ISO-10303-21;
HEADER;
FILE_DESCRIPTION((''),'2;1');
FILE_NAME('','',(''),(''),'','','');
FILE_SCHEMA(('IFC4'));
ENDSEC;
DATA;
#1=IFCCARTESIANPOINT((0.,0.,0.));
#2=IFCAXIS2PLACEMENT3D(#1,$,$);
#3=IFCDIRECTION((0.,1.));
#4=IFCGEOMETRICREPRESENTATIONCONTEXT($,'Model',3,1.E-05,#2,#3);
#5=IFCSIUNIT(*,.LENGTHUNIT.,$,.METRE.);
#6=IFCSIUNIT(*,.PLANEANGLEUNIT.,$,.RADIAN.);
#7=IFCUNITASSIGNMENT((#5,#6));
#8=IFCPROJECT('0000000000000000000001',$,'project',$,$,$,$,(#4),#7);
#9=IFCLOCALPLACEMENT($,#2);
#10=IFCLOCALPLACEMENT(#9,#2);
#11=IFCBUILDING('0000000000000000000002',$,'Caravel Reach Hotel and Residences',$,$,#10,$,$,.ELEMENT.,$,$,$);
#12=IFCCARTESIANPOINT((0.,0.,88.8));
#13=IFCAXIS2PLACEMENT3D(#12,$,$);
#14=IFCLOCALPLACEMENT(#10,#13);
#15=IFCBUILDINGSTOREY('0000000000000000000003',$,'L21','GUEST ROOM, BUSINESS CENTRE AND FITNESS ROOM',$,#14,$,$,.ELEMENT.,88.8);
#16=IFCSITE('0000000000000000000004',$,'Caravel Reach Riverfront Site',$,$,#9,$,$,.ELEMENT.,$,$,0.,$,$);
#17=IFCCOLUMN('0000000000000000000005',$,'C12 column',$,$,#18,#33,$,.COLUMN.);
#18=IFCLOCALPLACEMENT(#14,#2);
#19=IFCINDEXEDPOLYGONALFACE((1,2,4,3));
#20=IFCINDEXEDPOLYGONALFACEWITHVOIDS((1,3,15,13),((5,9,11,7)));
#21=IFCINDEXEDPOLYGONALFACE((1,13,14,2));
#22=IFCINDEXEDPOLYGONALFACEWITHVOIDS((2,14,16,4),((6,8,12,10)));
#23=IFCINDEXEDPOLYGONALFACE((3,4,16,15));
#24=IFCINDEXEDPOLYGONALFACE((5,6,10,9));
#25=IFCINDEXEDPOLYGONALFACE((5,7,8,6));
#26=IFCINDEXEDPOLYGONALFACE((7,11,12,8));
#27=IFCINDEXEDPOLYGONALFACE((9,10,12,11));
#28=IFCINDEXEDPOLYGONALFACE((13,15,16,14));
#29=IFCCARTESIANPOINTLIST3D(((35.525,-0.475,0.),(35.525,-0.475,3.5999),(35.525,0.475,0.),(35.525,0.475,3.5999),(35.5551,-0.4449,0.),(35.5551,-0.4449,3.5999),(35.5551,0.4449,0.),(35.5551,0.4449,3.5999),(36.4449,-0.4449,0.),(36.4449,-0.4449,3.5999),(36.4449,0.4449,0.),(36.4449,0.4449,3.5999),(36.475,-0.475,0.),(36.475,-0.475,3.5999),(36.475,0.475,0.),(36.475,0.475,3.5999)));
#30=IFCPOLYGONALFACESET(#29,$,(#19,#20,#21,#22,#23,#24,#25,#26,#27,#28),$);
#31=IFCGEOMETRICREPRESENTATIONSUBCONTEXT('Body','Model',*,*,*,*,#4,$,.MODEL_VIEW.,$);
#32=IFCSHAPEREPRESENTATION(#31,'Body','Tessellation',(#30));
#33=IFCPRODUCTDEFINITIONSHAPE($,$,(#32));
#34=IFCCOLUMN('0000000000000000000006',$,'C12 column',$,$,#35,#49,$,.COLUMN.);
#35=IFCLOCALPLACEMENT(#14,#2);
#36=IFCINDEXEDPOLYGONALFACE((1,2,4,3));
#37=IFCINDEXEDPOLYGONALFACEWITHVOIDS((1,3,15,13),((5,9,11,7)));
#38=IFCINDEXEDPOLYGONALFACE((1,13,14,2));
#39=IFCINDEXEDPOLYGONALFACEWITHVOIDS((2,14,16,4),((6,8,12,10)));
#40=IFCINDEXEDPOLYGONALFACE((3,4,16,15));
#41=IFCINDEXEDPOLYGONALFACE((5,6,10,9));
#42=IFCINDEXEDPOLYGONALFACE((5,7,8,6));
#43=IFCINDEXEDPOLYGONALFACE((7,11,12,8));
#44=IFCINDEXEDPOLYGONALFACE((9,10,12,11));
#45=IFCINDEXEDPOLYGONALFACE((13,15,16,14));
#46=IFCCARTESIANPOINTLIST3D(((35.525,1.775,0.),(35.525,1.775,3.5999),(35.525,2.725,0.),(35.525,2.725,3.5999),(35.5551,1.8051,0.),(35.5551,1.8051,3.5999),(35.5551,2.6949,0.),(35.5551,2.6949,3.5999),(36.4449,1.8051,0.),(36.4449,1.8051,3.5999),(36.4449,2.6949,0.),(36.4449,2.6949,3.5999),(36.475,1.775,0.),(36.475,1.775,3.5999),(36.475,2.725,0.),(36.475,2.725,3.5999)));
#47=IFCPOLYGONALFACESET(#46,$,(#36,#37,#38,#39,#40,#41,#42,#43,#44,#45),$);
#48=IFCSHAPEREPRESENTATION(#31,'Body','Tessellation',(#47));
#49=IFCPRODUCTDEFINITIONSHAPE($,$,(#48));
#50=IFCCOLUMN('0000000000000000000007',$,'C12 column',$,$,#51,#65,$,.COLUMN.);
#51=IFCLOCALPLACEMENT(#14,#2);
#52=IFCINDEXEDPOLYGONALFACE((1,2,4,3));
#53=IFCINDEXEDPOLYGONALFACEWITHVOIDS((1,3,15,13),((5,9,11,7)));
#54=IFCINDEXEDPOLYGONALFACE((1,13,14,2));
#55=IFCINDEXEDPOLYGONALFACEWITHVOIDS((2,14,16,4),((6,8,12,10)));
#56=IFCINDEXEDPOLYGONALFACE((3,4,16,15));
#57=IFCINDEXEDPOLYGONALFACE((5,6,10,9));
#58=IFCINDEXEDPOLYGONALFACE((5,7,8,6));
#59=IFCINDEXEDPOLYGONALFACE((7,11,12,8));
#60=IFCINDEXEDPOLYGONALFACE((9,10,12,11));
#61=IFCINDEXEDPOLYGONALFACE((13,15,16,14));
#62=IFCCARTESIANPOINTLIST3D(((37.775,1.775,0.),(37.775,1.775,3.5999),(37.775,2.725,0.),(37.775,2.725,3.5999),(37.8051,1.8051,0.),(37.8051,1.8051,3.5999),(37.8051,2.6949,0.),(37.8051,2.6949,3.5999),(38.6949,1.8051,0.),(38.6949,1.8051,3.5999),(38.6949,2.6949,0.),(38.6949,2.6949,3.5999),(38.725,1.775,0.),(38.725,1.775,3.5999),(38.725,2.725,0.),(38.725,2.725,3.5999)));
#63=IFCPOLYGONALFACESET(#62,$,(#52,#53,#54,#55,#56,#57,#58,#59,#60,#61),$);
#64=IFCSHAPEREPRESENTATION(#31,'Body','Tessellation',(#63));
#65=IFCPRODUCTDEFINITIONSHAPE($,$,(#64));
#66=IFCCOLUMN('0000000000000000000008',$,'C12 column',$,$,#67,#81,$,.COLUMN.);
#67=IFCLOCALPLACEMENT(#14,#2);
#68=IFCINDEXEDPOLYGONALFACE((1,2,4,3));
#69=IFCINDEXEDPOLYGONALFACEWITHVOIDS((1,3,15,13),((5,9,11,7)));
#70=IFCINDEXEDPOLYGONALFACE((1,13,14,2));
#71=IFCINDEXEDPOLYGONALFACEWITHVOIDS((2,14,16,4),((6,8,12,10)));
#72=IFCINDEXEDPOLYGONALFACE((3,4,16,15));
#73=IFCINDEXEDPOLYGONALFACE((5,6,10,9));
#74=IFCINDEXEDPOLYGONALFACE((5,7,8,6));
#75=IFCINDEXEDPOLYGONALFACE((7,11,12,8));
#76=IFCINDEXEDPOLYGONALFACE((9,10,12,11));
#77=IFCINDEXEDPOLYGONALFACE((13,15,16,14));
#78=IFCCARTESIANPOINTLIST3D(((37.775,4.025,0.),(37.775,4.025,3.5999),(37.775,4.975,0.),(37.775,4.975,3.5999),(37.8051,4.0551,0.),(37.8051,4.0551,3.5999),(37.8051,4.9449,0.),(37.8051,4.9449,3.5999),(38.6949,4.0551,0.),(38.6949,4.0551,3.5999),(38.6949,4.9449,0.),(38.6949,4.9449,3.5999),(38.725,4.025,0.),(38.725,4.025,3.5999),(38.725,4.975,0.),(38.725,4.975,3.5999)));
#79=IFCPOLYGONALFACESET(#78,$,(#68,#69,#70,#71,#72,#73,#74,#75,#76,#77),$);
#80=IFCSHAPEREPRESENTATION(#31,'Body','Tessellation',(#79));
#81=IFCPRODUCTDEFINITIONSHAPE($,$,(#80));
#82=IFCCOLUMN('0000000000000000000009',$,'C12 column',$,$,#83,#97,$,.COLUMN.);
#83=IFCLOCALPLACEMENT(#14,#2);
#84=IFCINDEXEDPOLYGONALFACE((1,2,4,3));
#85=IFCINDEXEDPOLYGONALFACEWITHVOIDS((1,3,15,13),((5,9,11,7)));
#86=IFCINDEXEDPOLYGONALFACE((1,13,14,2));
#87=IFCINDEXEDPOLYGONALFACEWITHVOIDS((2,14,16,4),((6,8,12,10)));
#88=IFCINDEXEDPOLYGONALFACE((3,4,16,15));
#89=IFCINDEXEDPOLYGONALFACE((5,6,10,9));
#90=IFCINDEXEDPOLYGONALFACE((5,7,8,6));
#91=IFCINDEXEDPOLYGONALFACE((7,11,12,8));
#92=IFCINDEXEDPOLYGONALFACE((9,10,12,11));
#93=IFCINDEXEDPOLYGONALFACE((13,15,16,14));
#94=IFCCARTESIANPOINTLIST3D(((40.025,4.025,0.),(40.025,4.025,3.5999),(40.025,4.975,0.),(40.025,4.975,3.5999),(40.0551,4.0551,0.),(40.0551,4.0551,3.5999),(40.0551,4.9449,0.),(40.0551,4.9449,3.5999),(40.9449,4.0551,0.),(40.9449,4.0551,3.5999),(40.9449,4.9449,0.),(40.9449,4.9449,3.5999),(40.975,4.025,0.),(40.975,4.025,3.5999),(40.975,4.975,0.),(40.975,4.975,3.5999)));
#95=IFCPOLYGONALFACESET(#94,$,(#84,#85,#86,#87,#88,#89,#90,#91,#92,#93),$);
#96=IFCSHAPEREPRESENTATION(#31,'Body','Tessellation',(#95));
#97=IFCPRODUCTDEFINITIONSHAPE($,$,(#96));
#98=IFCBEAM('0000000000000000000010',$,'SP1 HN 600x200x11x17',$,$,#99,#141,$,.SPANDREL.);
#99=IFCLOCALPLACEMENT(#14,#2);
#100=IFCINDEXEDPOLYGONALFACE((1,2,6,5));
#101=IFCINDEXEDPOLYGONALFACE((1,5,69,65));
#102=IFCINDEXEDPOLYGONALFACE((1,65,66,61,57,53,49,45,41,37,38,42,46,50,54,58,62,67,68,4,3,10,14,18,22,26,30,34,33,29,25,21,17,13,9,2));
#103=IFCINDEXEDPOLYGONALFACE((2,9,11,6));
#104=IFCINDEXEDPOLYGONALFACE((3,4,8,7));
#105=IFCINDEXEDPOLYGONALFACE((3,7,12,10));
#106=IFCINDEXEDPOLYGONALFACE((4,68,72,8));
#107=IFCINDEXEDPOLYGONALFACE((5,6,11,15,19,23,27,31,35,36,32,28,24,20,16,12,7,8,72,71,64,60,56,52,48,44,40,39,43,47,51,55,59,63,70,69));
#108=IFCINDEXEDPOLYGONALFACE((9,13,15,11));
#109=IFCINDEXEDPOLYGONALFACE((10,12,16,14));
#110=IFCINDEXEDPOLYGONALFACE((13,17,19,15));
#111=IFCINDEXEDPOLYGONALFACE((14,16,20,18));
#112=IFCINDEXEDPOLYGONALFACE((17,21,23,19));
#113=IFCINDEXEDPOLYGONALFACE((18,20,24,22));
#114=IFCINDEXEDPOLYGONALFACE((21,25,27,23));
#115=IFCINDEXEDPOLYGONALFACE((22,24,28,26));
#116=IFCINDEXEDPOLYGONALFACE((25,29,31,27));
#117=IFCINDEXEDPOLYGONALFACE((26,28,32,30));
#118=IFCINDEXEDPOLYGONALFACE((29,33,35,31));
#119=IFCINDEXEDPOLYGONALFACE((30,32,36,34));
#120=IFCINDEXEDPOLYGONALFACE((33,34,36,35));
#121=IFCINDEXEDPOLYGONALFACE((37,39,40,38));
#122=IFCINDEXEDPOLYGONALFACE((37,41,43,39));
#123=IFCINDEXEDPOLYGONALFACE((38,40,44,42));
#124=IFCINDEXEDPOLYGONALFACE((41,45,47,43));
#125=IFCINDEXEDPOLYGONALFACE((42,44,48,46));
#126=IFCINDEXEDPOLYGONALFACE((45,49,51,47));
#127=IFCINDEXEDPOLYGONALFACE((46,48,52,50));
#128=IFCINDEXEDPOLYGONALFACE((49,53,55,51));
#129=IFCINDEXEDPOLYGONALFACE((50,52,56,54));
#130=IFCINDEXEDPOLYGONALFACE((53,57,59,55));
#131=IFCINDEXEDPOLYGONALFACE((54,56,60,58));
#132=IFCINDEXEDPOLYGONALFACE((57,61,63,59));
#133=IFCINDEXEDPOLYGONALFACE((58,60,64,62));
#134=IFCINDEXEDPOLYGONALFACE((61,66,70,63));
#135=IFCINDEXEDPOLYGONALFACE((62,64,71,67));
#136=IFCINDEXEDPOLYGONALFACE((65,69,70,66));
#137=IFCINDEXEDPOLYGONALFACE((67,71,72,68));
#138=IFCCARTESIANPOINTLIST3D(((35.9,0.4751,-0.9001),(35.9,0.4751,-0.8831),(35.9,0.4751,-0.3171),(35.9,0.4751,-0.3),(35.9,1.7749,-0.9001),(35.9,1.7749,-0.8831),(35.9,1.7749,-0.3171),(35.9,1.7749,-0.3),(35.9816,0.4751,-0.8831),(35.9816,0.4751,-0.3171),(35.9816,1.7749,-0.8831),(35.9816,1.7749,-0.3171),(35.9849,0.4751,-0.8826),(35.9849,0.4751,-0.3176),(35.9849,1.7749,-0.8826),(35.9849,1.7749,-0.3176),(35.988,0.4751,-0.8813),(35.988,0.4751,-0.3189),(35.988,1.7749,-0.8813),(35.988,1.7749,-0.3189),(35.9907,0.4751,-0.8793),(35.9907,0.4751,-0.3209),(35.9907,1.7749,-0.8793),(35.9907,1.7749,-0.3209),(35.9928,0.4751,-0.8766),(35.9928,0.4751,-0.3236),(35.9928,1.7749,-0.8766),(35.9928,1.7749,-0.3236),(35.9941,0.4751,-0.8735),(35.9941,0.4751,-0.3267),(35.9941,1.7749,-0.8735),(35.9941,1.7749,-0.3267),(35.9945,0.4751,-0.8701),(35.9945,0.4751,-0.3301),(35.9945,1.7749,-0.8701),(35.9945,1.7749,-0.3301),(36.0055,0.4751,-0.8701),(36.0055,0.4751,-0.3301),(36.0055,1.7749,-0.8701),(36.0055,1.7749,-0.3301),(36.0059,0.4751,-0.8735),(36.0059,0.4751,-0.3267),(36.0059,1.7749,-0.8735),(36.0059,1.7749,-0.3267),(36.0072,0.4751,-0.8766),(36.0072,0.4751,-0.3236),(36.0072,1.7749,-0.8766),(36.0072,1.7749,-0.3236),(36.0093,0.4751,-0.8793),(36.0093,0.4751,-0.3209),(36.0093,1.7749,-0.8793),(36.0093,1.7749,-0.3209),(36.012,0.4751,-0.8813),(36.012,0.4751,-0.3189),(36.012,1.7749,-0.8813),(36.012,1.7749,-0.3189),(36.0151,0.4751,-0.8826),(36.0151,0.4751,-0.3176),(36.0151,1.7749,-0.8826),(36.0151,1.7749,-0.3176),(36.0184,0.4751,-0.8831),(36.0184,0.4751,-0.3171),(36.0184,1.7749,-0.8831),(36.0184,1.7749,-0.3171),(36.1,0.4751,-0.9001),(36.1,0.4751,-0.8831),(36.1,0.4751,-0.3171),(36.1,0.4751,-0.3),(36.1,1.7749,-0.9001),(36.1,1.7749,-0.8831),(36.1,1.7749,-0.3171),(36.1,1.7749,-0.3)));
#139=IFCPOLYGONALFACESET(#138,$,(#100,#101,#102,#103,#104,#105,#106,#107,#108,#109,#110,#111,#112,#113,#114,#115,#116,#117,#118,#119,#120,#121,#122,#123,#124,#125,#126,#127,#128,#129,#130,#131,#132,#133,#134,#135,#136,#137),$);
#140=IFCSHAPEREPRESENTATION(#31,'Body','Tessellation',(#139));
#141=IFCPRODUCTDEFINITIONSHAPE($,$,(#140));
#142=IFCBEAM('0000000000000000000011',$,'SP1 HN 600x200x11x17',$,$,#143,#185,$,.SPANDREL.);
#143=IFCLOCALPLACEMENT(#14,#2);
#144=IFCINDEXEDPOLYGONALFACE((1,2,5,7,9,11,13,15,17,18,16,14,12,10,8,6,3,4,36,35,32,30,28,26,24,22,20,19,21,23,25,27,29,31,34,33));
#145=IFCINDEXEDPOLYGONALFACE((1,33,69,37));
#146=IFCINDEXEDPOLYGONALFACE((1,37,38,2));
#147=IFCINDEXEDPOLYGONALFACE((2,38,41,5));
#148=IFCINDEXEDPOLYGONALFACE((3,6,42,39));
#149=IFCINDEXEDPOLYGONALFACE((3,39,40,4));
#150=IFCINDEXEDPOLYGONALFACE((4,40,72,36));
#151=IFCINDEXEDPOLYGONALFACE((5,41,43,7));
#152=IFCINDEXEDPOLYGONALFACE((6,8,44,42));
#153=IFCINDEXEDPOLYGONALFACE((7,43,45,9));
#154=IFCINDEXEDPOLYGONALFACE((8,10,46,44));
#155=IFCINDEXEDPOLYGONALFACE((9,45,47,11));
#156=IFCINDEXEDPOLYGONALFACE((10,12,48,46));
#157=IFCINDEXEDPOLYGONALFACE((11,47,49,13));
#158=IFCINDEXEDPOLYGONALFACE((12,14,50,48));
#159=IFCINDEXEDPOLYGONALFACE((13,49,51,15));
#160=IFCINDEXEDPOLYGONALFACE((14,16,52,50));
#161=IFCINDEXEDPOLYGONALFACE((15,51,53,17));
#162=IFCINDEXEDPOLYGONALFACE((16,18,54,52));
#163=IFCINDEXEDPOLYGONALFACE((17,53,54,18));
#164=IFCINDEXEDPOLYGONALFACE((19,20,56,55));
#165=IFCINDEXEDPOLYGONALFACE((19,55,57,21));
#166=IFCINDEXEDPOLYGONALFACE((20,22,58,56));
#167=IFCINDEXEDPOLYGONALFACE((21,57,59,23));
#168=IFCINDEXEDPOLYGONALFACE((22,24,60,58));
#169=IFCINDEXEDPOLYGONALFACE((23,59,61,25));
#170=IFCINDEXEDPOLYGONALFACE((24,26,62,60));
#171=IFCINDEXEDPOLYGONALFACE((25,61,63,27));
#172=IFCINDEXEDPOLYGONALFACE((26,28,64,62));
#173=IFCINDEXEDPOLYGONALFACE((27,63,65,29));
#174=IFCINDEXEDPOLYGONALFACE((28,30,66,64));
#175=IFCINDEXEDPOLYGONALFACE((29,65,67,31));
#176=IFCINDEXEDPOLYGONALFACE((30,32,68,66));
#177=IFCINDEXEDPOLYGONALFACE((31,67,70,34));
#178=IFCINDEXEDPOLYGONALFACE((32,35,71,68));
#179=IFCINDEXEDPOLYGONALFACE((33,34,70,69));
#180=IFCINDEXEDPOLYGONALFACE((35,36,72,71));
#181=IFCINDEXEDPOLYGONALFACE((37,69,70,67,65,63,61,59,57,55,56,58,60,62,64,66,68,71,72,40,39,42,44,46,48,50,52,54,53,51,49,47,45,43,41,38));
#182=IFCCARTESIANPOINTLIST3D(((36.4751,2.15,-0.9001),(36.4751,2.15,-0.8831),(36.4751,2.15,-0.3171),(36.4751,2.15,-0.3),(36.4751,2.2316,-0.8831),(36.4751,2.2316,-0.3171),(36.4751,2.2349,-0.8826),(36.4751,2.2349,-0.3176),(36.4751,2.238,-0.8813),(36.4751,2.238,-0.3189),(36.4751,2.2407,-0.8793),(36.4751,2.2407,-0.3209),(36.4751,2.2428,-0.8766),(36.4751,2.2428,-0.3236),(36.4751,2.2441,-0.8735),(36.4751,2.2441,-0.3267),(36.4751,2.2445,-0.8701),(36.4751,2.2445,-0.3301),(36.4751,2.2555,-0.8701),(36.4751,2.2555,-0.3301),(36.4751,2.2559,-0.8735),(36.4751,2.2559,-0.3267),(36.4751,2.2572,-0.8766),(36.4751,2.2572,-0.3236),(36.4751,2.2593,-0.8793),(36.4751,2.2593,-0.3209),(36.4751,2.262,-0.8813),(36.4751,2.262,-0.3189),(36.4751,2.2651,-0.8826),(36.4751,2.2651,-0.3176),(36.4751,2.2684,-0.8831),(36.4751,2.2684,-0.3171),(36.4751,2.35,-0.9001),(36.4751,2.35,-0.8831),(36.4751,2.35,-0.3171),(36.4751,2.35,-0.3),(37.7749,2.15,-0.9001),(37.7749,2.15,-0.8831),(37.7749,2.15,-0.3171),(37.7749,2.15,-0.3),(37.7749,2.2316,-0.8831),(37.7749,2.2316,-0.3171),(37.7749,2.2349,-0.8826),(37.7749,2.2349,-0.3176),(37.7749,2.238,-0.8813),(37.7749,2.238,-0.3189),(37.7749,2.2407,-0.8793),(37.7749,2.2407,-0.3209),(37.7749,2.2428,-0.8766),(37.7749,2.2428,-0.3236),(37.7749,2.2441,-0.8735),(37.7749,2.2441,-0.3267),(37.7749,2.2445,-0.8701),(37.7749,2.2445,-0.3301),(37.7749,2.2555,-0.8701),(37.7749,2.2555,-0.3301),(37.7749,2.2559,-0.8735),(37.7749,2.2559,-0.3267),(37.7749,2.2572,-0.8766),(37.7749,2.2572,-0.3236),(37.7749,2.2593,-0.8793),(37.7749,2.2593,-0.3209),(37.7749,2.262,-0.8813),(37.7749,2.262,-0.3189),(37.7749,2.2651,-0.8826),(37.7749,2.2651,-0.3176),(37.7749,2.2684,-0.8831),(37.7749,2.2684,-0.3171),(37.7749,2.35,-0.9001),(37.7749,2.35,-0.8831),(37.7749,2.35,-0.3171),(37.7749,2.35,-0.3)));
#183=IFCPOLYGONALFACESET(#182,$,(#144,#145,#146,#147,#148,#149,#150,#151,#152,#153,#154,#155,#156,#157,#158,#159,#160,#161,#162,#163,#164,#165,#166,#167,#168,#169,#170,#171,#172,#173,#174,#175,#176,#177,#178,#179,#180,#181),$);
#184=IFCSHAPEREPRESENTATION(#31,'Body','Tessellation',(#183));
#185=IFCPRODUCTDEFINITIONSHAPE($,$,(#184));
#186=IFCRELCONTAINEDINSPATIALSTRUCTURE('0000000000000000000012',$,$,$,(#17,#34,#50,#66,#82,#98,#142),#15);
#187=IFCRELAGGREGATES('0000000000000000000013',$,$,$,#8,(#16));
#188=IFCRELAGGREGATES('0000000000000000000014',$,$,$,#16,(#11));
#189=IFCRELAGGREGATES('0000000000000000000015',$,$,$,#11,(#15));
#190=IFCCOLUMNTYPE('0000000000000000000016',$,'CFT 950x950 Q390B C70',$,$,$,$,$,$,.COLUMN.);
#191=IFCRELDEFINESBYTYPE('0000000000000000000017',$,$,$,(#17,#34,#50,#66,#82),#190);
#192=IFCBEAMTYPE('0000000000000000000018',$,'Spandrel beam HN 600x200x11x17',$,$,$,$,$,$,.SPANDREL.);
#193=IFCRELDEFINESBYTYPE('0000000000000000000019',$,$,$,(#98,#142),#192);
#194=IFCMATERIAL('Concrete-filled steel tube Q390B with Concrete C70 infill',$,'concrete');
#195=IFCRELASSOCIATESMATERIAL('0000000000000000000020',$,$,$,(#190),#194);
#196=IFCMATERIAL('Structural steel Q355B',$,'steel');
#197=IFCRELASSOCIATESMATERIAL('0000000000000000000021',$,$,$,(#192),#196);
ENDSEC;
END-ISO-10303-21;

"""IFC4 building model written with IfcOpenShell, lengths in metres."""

from ifc_helpers import new_model, si_unit, direction, frame, origin, origin_2d, place, context, subcontext, project, spatial, hollow_rectangle, i_section, extrude, material, material_profile, profile_set, type_object, element, save


model = new_model("IFC4")

# Units and contexts
model_context = context("Model", 3, precision=1e-05, world=origin(), true_north=direction((0.0, 1.0)))
body_context = subcontext(model_context, "Body", "Model", "MODEL_VIEW")
ifc_project = project(units=[si_unit("LENGTHUNIT", "METRE"), si_unit("PLANEANGLEUNIT", "RADIAN")], contexts=[model_context])

# Site, building, storey
site_placement = place(None, origin())
site = spatial("IfcSite", under=ifc_project, at=site_placement, Name="Caravel Reach Riverfront Site", CompositionType="ELEMENT", RefElevation=0.0)
building_placement = place(site_placement, origin())
building = spatial("IfcBuilding", under=site, at=building_placement, Name="Caravel Reach Hotel and Residences", CompositionType="ELEMENT")
storey_placement = place(building_placement, frame((0.0, 0.0, 88.8)))
storey = spatial("IfcBuildingStorey", under=building, at=storey_placement, Name="L21", Description="GUEST ROOM, BUSINESS CENTRE AND FITNESS ROOM", CompositionType="ELEMENT", Elevation=88.8)

# Columns
ifc_material_1 = material(Name="Concrete-filled steel tube Q390B with Concrete C70 infill", Category="concrete")
ifc_material_profile_1 = material_profile(ifc_material_1, hollow_rectangle(XDim=0.95, YDim=0.95, WallThickness=0.03, at=origin_2d()), Name="RHS 950x950x30")
ifc_profile_set_1 = profile_set([ifc_material_profile_1], Name="Concrete-filled steel tube Q390B with Concrete C70 infill")
column_type = type_object("IfcColumnType", Name="CFT 950x950 Q390B C70", PredefinedType="COLUMN", material=ifc_profile_set_1)
for number, where, z_axis, x_axis, name in (
    (1, (36.0, 0.0, 0.0), (0.0, 0.0, 1.0), (1.0, 0.0, 0.0), "C12 column"),
    (2, (36.0, 2.25, 0.0), (0.0, 0.0, 1.0), (1.0, 0.0, 0.0), "C12 column"),
    (3, (38.25, 2.25, 0.0), (0.0, 0.0, 1.0), (1.0, 0.0, 0.0), "C12 column"),
    (4, (38.25, 4.5, 0.0), (0.0, 0.0, 1.0), (1.0, 0.0, 0.0), "C12 column"),
    (5, (40.5, 4.5, 0.0), (0.0, 0.0, 1.0), (1.0, 0.0, 0.0), "C12 column"),
):
    element("IfcColumn", number, at=place(storey_placement, frame(where, z_axis=z_axis, x_axis=x_axis)), inside=storey, type_object=column_type, Name=name, PredefinedType="COLUMN", context=body_context, shape_type="SweptSolid", body=[
        extrude(hollow_rectangle(XDim=0.95, YDim=0.95, WallThickness=0.03, at=origin_2d()), origin(), (0.0, 0.0, 1.0), 3.5999),
    ])

# Beams
ifc_material_2 = material(Name="Structural steel Q355B", Category="steel")
ifc_material_profile_2 = material_profile(ifc_material_2, i_section(OverallWidth=0.2, OverallDepth=0.6001, WebThickness=0.011, FlangeThickness=0.0171, FilletRadius=0.0129, at=origin_2d()), Name="HN 600x200x11x17")
ifc_profile_set_2 = profile_set([ifc_material_profile_2], Name="Structural steel Q355B")
beam_type = type_object("IfcBeamType", Name="Spandrel beam HN 600x200x11x17", PredefinedType="SPANDREL", material=ifc_profile_set_2)
for number, where, z_axis, x_axis, name in (
    (6, (36.0, 0.4751, -0.6001), (0.0, 1.0, 0.0), (-1.0, 0.0, 0.0), "SP1 HN 600x200x11x17"),
    (7, (36.4751, 2.25, -0.6001), (1.0, 0.0, 0.0), (0.0, 1.0, 0.0), "SP1 HN 600x200x11x17"),
):
    element("IfcBeam", number, at=place(storey_placement, frame(where, z_axis=z_axis, x_axis=x_axis)), inside=storey, type_object=beam_type, Name=name, PredefinedType="SPANDREL", context=body_context, shape_type="SweptSolid", body=[
        extrude(i_section(OverallWidth=0.2, OverallDepth=0.6001, WebThickness=0.011, FlangeThickness=0.0171, FilletRadius=0.0129, at=origin_2d()), origin(), (0.0, 0.0, 1.0), 1.2998),
    ])

save(model, "model.ifc")
